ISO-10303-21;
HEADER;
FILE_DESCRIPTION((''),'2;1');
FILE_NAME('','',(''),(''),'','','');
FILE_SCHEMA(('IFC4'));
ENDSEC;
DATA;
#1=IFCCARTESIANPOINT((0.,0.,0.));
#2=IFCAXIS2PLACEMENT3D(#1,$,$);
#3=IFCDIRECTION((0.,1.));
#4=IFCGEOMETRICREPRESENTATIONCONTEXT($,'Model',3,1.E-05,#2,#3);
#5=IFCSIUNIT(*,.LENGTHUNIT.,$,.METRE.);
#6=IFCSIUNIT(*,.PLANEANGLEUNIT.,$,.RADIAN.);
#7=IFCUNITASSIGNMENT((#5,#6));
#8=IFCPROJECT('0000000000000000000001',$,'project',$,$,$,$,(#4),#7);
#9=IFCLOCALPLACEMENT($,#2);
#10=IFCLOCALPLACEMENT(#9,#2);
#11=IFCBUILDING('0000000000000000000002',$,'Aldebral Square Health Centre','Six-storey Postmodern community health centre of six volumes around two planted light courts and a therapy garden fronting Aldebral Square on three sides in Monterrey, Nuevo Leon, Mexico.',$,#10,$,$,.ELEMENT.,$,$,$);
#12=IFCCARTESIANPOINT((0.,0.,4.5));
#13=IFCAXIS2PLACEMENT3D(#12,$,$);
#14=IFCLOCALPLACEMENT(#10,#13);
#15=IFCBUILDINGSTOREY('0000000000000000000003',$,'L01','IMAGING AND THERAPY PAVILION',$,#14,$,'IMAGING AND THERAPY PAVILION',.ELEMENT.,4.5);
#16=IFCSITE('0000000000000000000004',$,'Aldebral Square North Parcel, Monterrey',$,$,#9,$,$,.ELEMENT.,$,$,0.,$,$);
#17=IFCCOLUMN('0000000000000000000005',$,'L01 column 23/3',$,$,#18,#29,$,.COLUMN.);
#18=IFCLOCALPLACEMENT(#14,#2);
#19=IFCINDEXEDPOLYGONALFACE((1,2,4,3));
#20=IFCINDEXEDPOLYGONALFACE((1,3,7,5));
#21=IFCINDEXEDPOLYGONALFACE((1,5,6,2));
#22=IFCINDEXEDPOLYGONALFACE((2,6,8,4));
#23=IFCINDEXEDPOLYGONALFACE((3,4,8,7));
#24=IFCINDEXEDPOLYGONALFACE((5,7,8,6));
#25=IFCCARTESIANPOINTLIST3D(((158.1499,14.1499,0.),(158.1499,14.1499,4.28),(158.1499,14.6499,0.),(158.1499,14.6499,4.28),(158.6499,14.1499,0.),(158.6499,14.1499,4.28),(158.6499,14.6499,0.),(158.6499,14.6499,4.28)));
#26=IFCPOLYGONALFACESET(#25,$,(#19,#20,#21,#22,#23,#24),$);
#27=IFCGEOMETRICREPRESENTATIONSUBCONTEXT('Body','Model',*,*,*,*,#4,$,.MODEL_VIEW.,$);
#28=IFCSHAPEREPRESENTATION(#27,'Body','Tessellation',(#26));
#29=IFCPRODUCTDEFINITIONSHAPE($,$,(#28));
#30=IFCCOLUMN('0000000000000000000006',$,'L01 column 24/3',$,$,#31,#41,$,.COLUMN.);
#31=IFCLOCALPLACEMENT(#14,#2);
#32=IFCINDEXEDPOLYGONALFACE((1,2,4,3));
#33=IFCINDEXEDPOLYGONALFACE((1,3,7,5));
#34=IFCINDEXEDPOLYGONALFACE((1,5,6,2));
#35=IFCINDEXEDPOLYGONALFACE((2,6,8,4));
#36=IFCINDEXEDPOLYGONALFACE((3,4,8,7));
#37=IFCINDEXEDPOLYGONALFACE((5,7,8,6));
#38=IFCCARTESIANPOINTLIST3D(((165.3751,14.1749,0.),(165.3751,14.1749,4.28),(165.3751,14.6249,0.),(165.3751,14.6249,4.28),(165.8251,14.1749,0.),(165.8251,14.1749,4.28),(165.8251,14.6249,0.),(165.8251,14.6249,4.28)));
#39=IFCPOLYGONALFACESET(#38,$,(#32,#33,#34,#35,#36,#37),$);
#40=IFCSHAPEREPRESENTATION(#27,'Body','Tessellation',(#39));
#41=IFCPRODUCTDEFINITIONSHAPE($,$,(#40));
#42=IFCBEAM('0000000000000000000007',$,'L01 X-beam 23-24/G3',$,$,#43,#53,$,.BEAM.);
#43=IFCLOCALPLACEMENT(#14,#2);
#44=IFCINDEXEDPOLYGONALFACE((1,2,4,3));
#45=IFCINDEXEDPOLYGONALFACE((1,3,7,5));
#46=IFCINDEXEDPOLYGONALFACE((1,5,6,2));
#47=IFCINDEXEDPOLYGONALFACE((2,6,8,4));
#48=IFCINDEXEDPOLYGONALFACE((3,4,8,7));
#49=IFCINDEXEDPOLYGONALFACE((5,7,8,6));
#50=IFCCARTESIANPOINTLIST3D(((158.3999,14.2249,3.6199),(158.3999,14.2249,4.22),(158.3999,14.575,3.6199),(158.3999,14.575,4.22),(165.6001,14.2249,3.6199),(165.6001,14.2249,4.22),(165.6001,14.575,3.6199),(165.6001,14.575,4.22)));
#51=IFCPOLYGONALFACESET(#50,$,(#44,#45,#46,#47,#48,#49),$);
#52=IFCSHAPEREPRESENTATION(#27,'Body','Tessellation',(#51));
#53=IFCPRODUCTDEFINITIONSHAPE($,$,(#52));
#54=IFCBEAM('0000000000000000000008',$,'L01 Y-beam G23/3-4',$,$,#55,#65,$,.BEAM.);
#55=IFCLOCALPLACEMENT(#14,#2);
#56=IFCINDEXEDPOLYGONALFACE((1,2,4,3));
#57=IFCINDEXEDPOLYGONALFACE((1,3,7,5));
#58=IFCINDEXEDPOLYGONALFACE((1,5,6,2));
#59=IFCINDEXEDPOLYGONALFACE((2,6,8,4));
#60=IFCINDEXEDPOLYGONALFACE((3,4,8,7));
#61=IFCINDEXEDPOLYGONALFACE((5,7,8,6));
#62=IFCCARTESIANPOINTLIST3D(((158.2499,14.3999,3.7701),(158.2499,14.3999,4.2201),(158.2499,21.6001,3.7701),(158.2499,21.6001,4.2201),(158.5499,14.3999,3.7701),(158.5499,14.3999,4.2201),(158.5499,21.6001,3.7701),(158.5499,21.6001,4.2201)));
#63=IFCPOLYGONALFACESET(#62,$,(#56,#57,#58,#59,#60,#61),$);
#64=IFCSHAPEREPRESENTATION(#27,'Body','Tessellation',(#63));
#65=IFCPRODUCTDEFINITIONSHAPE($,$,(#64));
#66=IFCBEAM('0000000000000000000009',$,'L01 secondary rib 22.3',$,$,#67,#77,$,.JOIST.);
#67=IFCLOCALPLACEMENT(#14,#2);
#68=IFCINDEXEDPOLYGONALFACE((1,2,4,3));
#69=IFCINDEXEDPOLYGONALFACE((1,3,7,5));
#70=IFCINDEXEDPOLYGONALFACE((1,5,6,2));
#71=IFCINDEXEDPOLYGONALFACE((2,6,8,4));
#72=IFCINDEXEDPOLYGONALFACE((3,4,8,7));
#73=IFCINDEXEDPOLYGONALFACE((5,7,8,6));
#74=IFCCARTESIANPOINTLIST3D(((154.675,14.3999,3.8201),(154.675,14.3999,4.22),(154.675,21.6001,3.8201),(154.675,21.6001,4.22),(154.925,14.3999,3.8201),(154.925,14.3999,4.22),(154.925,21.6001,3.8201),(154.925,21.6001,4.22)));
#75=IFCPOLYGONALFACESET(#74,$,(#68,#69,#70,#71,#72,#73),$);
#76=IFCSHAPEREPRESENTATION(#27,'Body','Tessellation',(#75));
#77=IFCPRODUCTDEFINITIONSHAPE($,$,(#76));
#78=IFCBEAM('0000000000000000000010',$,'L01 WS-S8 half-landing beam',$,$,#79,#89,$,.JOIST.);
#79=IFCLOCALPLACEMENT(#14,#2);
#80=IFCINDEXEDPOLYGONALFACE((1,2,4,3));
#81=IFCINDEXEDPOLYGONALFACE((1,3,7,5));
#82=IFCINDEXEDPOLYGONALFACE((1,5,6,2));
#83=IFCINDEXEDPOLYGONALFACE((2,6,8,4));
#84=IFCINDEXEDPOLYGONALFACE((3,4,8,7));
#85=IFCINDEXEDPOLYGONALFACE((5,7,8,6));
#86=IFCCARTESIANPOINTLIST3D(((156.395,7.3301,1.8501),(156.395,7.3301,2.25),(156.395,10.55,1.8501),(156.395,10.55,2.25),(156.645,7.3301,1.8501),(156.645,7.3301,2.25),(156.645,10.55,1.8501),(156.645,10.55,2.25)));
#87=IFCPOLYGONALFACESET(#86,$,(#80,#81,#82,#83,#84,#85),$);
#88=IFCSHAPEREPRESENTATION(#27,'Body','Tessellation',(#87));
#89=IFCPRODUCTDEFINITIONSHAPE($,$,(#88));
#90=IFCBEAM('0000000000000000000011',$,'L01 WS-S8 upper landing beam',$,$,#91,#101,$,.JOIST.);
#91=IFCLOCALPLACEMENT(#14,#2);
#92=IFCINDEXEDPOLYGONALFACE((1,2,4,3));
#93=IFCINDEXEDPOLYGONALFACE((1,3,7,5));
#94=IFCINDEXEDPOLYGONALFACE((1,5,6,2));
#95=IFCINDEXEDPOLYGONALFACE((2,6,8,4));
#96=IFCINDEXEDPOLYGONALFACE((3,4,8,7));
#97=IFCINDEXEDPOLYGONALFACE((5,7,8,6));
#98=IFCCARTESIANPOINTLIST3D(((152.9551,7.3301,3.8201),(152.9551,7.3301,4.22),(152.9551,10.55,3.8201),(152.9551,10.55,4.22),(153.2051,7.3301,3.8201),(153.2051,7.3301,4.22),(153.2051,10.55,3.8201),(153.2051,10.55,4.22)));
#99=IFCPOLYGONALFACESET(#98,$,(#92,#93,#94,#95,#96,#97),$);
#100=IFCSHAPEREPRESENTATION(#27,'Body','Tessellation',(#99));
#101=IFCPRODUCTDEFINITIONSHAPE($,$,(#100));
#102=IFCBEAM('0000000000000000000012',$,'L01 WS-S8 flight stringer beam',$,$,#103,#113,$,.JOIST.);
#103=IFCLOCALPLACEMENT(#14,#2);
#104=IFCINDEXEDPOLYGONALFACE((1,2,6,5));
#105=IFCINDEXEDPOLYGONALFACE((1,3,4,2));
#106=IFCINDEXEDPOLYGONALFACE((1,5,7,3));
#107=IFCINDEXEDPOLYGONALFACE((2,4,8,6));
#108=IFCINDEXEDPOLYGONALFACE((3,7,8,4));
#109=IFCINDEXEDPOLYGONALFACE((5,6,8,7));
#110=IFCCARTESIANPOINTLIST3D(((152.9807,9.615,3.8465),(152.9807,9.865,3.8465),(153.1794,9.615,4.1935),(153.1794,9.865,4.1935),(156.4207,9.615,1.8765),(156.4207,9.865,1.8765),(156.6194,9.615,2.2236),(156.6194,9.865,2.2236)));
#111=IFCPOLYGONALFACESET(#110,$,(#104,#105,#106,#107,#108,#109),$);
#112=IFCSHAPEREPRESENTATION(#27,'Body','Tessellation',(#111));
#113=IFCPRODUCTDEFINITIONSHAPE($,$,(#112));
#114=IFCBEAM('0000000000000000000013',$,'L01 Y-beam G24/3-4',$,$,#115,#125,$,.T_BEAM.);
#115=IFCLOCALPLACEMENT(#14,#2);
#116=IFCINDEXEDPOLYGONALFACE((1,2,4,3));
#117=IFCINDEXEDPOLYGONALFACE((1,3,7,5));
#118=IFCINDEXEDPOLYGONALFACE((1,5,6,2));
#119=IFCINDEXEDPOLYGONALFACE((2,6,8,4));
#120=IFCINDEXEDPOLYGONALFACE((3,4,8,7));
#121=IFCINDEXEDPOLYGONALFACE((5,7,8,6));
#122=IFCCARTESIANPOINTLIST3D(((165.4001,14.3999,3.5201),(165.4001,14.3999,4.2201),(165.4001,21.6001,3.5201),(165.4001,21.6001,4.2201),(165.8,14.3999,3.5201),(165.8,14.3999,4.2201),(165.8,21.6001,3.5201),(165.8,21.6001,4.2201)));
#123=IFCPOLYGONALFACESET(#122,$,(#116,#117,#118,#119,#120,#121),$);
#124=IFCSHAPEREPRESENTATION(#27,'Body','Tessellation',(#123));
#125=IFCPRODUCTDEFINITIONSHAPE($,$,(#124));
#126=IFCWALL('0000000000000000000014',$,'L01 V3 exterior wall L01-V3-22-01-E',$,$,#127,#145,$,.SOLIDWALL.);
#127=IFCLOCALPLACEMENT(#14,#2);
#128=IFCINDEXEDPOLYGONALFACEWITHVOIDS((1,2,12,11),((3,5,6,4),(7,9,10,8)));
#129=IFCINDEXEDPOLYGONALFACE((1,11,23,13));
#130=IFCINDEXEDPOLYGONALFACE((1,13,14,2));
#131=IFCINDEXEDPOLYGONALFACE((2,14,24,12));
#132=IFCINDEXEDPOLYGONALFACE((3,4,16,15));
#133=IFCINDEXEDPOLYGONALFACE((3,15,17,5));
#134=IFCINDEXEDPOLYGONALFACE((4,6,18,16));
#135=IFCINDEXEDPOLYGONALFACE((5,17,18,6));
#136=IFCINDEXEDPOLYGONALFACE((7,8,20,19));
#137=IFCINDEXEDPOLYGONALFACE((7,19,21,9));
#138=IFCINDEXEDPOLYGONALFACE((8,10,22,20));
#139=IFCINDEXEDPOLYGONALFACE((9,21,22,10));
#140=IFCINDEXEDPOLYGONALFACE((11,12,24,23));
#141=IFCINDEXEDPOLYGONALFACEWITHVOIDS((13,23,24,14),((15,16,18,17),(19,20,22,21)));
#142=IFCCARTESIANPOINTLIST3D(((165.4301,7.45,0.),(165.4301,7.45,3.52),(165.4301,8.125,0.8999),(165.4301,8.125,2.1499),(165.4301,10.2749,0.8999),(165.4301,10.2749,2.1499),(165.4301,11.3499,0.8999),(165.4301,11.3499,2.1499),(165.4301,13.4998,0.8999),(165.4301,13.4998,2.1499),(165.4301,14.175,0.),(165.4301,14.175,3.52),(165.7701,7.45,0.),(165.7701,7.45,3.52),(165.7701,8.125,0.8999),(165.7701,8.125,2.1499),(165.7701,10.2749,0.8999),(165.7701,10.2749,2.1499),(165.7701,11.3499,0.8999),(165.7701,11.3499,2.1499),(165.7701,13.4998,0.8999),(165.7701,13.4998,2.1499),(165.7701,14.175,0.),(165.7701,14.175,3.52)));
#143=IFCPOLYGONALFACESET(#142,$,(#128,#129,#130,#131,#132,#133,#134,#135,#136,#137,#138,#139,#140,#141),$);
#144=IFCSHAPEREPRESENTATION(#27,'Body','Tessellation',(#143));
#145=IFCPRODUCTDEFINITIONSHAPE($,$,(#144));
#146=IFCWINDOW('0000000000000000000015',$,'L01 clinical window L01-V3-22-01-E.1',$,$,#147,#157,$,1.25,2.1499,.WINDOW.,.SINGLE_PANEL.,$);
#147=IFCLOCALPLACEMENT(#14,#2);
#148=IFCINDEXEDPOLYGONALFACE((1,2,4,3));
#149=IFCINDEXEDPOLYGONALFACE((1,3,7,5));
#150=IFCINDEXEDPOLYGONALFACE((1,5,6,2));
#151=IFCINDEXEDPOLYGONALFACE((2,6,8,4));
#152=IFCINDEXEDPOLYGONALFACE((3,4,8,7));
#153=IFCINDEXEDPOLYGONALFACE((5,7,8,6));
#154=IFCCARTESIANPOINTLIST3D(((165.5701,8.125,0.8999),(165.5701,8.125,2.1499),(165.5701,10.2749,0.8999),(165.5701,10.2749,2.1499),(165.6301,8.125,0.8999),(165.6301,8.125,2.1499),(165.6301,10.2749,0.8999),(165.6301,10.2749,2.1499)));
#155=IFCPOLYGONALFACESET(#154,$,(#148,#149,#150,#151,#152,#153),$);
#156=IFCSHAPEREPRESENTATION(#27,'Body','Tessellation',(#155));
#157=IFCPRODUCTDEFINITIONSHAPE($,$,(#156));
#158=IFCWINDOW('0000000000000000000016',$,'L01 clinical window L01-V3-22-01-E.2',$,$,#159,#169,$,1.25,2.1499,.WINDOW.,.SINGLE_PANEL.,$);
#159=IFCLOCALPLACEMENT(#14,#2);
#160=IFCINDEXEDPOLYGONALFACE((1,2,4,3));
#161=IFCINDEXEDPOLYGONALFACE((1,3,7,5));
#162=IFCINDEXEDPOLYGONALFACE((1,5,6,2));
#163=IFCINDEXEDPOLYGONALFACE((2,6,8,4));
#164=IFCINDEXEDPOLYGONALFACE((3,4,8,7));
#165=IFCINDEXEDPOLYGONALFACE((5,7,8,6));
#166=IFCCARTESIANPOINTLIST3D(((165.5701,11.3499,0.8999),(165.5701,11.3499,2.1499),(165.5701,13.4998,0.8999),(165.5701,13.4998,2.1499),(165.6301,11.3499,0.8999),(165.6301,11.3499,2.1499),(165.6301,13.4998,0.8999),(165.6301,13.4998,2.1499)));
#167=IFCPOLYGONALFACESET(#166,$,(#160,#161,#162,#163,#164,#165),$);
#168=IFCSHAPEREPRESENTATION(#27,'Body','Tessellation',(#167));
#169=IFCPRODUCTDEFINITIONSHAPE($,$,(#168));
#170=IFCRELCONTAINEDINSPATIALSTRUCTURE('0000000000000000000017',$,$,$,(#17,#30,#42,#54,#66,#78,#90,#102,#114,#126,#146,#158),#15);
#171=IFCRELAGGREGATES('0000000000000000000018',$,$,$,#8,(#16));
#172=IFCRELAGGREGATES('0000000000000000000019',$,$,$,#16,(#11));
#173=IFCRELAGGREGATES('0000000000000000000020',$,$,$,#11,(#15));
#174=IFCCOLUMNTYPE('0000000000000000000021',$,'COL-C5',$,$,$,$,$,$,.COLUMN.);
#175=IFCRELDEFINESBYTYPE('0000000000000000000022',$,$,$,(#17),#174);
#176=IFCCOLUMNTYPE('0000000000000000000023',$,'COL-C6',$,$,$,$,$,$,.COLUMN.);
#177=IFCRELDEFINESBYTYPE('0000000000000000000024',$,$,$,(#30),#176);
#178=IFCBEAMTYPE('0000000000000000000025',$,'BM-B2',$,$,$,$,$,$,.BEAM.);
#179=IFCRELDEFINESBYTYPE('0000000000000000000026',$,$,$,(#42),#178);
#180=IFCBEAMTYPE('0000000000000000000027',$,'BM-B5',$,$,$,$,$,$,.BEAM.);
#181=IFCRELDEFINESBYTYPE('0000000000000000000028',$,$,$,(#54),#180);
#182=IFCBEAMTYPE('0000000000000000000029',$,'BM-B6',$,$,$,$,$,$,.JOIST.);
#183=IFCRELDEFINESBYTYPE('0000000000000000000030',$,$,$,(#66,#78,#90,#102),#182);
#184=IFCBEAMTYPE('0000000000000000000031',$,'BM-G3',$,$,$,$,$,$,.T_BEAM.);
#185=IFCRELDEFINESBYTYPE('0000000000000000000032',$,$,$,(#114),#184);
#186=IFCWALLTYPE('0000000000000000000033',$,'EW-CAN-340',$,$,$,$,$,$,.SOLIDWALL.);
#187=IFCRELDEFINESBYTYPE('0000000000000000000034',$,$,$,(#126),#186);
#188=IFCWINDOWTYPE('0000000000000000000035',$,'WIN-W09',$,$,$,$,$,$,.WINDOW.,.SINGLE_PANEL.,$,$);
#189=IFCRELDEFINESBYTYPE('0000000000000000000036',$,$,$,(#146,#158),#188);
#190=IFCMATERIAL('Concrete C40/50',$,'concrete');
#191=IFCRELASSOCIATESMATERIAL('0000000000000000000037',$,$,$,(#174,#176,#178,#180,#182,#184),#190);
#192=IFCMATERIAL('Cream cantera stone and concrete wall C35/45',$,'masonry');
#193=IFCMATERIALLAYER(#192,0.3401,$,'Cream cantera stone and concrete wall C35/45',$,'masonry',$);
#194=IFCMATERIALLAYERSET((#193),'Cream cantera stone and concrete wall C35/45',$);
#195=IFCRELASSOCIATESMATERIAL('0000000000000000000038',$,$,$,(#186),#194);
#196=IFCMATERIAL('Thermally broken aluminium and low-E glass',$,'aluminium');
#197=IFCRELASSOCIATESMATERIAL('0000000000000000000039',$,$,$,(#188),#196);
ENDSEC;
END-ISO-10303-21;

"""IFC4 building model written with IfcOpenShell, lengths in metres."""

from ifc_helpers import new_model, si_unit, direction, frame, frame_2d, origin, origin_2d, place, context, subcontext, project, spatial, rectangle, extrude, material, layer, layer_set, material_profile, profile_set, type_object, element, fill, save


model = new_model("IFC4")

# Units and contexts
model_context = context("Model", 3, precision=1e-05, world=origin(), true_north=direction((0.0, 1.0)))
body_context = subcontext(model_context, "Body", "Model", "MODEL_VIEW")
ifc_project = project(units=[si_unit("LENGTHUNIT", "METRE"), si_unit("PLANEANGLEUNIT", "RADIAN")], contexts=[model_context])

# Site, building, storey
site_placement = place(None, origin())
site = spatial("IfcSite", under=ifc_project, at=site_placement, Name="Aldebral Square North Parcel, Monterrey", CompositionType="ELEMENT", RefElevation=0.0)
building_placement = place(site_placement, origin())
building = spatial("IfcBuilding", under=site, at=building_placement, Name="Aldebral Square Health Centre", Description="Six-storey Postmodern community health centre of six volumes around two planted light courts and a therapy garden fronting Aldebral Square on three sides in Monterrey, Nuevo Leon, Mexico.", CompositionType="ELEMENT")
storey_placement = place(building_placement, frame((0.0, 0.0, 4.5)))
storey = spatial("IfcBuildingStorey", under=building, at=storey_placement, Name="L01", Description="IMAGING AND THERAPY PAVILION", LongName="IMAGING AND THERAPY PAVILION", CompositionType="ELEMENT", Elevation=4.5)

# Columns
ifc_material_1 = material(Name="Concrete C40/50", Category="concrete")
ifc_material_profile_1 = material_profile(ifc_material_1, rectangle(XDim=0.5, YDim=0.5, at=origin_2d()), Name="RC 500x500")
ifc_profile_set_1 = profile_set([ifc_material_profile_1], Name="Concrete C40/50")
column_type_1 = type_object("IfcColumnType", Name="COL-C5", PredefinedType="COLUMN", material=ifc_profile_set_1)
column_1_placement = place(storey_placement, frame((158.3999, 14.3999, 0.0), z_axis=(0.0, 0.0, 1.0), x_axis=(1.0, 0.0, 0.0)))
element("IfcColumn", 1, at=column_1_placement, inside=storey, type_object=column_type_1, Name="L01 column 23/3", PredefinedType="COLUMN", context=body_context, shape_type="SweptSolid", body=[
    extrude(rectangle(XDim=0.5, YDim=0.5, at=origin_2d()), origin(), (0.0, 0.0, 1.0), 4.28),
])
ifc_material_profile_2 = material_profile(ifc_material_1, rectangle(XDim=0.45, YDim=0.45, at=origin_2d()), Name="RC 450x450")
ifc_profile_set_2 = profile_set([ifc_material_profile_2], Name="Concrete C40/50")
column_type_2 = type_object("IfcColumnType", Name="COL-C6", PredefinedType="COLUMN", material=ifc_profile_set_2)
column_2_placement = place(storey_placement, frame((165.6001, 14.3999, 0.0), z_axis=(0.0, 0.0, 1.0), x_axis=(1.0, 0.0, 0.0)))
element("IfcColumn", 2, at=column_2_placement, inside=storey, type_object=column_type_2, Name="L01 column 24/3", PredefinedType="COLUMN", context=body_context, shape_type="SweptSolid", body=[
    extrude(rectangle(XDim=0.45, YDim=0.45, at=origin_2d()), origin(), (0.0, 0.0, 1.0), 4.28),
])

# Beams
ifc_material_profile_3 = material_profile(ifc_material_1, rectangle(XDim=0.3501, YDim=0.6001, at=origin_2d()), Name="RC 350x600")
ifc_profile_set_3 = profile_set([ifc_material_profile_3], Name="Concrete C40/50")
beam_type_1 = type_object("IfcBeamType", Name="BM-B2", PredefinedType="BEAM", material=ifc_profile_set_3)
beam_1_placement = place(storey_placement, frame((158.3999, 14.3999, 3.9199), z_axis=(1.0, 0.0, 0.0), x_axis=(0.0, 1.0, 0.0)))
element("IfcBeam", 3, at=beam_1_placement, inside=storey, type_object=beam_type_1, Name="L01 X-beam 23-24/G3", PredefinedType="BEAM", context=body_context, shape_type="SweptSolid", body=[
    extrude(rectangle(XDim=0.3501, YDim=0.6001, at=origin_2d()), origin(), (0.0, 0.0, 1.0), 7.2002),
])
ifc_material_profile_4 = material_profile(ifc_material_1, rectangle(XDim=0.3, YDim=0.45, at=origin_2d()), Name="RC 300x450")
ifc_profile_set_4 = profile_set([ifc_material_profile_4], Name="Concrete C40/50")
beam_type_2 = type_object("IfcBeamType", Name="BM-B5", PredefinedType="BEAM", material=ifc_profile_set_4)
beam_2_placement = place(storey_placement, frame((158.3999, 14.3999, 3.9951), z_axis=(0.0, 1.0, 0.0), x_axis=(-1.0, 0.0, 0.0)))
element("IfcBeam", 4, at=beam_2_placement, inside=storey, type_object=beam_type_2, Name="L01 Y-beam G23/3-4", PredefinedType="BEAM", context=body_context, shape_type="SweptSolid", body=[
    extrude(rectangle(XDim=0.3, YDim=0.45, at=origin_2d()), origin(), (0.0, 0.0, 1.0), 7.2002),
])
ifc_material_profile_5 = material_profile(ifc_material_1, rectangle(XDim=0.25, YDim=0.3999, at=origin_2d()), Name="RC 250x400")
ifc_profile_set_5 = profile_set([ifc_material_profile_5], Name="Concrete C40/50")
beam_type_3 = type_object("IfcBeamType", Name="BM-B6", PredefinedType="JOIST", material=ifc_profile_set_5)
beam_3_placement = place(storey_placement, frame((154.8, 14.3999, 4.02), z_axis=(0.0, 1.0, 0.0), x_axis=(-1.0, 0.0, 0.0)))
element("IfcBeam", 5, at=beam_3_placement, inside=storey, type_object=beam_type_3, Name="L01 secondary rib 22.3", PredefinedType="JOIST", context=body_context, shape_type="SweptSolid", body=[
    extrude(rectangle(XDim=0.25, YDim=0.3999, at=origin_2d()), origin(), (0.0, 0.0, 1.0), 7.2002),
])
for number, where, z_axis, x_axis, name in (
    (6, (156.52, 7.3301, 2.05), (0.0, 1.0, 0.0), (-1.0, 0.0, 0.0), "L01 WS-S8 half-landing beam"),
    (7, (153.0801, 7.3301, 4.02), (0.0, 1.0, 0.0), (-1.0, 0.0, 0.0), "L01 WS-S8 upper landing beam"),
):
    element("IfcBeam", number, at=place(storey_placement, frame(where, z_axis=z_axis, x_axis=x_axis)), inside=storey, type_object=beam_type_3, Name=name, PredefinedType="JOIST", context=body_context, shape_type="SweptSolid", body=[
        extrude(rectangle(XDim=0.25, YDim=0.3999, at=origin_2d()), origin(), (0.0, 0.0, 1.0), 3.22),
    ])
beam_4_placement = place(storey_placement, frame((156.52, 9.74, 2.05), z_axis=(-0.867777, 0.0, 0.496955), x_axis=(0.0, -1.0, 0.0)))
element("IfcBeam", 8, at=beam_4_placement, inside=storey, type_object=beam_type_3, Name="L01 WS-S8 flight stringer beam", PredefinedType="JOIST", context=body_context, shape_type="SweptSolid", body=[
    extrude(rectangle(XDim=0.25, YDim=0.3999, at=origin_2d()), origin(), (0.0, 0.0, 1.0), 3.9641),
])
ifc_material_profile_6 = material_profile(ifc_material_1, rectangle(XDim=0.3999, YDim=0.7, at=origin_2d()), Name="RC 400x700")
ifc_profile_set_6 = profile_set([ifc_material_profile_6], Name="Concrete C40/50")
beam_type_4 = type_object("IfcBeamType", Name="BM-G3", PredefinedType="T_BEAM", material=ifc_profile_set_6)
beam_5_placement = place(storey_placement, frame((165.6001, 14.3999, 3.8701), z_axis=(0.0, 1.0, 0.0), x_axis=(-1.0, 0.0, 0.0)))
element("IfcBeam", 9, at=beam_5_placement, inside=storey, type_object=beam_type_4, Name="L01 Y-beam G24/3-4", PredefinedType="T_BEAM", context=body_context, shape_type="SweptSolid", body=[
    extrude(rectangle(XDim=0.3999, YDim=0.7, at=origin_2d()), origin(), (0.0, 0.0, 1.0), 7.2002),
])

# Wall, openings, windows
ifc_material_2 = material(Name="Cream cantera stone and concrete wall C35/45", Category="masonry")
ifc_layer_1 = layer(ifc_material_2, 0.3401, Name="Cream cantera stone and concrete wall C35/45", Category="masonry")
ifc_layer_set_1 = layer_set([ifc_layer_1], Name="Cream cantera stone and concrete wall C35/45")
wall_type_1 = type_object("IfcWallType", Name="EW-CAN-340", PredefinedType="SOLIDWALL", material=ifc_layer_set_1)
wall_1_placement = place(storey_placement, frame((165.6001, 7.45, 0.0), z_axis=(0.0, 0.0, 1.0), x_axis=(0.0, 1.0, 0.0)))
wall_1 = element("IfcWall", 10, at=wall_1_placement, inside=storey, type_object=wall_type_1, Name="L01 V3 exterior wall L01-V3-22-01-E", PredefinedType="SOLIDWALL", context=body_context, shape_type="SweptSolid", body=[
    extrude(rectangle(XDim=6.7251, YDim=0.3401, at=frame_2d((3.3625, 0.0))), origin(), (0.0, 0.0, 1.0), 3.52),
])
opening_1_placement = place(wall_1_placement, frame((0.675, 0.0, 0.8999)))
opening_1 = element("IfcOpeningElement", 11, at=opening_1_placement, cuts=wall_1, PredefinedType="OPENING", context=body_context, shape_type="SweptSolid", body=[
    extrude(rectangle(XDim=2.1499, YDim=1.25, at=frame_2d((1.075, 0.625))), frame((0.0, 0.1802, 0.0), z_axis=(0.0, -1.0, 0.0), x_axis=(1.0, 0.0, 0.0)), (0.0, 0.0, 1.0), 0.3601),
])
opening_2_placement = place(wall_1_placement, frame((3.8999, 0.0, 0.8999)))
opening_2 = element("IfcOpeningElement", 12, at=opening_2_placement, cuts=wall_1, PredefinedType="OPENING", context=body_context, shape_type="SweptSolid", body=[
    extrude(rectangle(XDim=2.1499, YDim=1.25, at=frame_2d((1.075, 0.625))), frame((0.0, 0.1802, 0.0), z_axis=(0.0, -1.0, 0.0), x_axis=(1.0, 0.0, 0.0)), (0.0, 0.0, 1.0), 0.3601),
])
ifc_material_3 = material(Name="Thermally broken aluminium and low-E glass", Category="aluminium")
window_type_1 = type_object("IfcWindowType", Name="WIN-W09", PartitioningType="SINGLE_PANEL", PredefinedType="WINDOW", material=ifc_material_3)
window_1_placement = place(opening_1_placement, origin())
window_1 = element("IfcWindow", 13, at=window_1_placement, inside=storey, type_object=window_type_1, Name="L01 clinical window L01-V3-22-01-E.1", OverallHeight=1.25, OverallWidth=2.1499, PartitioningType="SINGLE_PANEL", PredefinedType="WINDOW", context=body_context, shape_type="SweptSolid", body=[
    extrude(rectangle(XDim=2.1499, YDim=1.25, at=frame_2d((1.075, 0.625))), frame((0.0, 0.03, 0.0), z_axis=(0.0, -1.0, 0.0), x_axis=(1.0, 0.0, 0.0)), (0.0, 0.0, 1.0), 0.0601),
])
fill(opening_1, window_1)
window_2_placement = place(opening_2_placement, origin())
window_2 = element("IfcWindow", 14, at=window_2_placement, inside=storey, type_object=window_type_1, Name="L01 clinical window L01-V3-22-01-E.2", OverallHeight=1.25, OverallWidth=2.1499, PartitioningType="SINGLE_PANEL", PredefinedType="WINDOW", context=body_context, shape_type="SweptSolid", body=[
    extrude(rectangle(XDim=2.1499, YDim=1.25, at=frame_2d((1.075, 0.625))), frame((0.0, 0.03, 0.0), z_axis=(0.0, -1.0, 0.0), x_axis=(1.0, 0.0, 0.0)), (0.0, 0.0, 1.0), 0.0601),
])
fill(opening_2, window_2)

save(model, "model.ifc")
